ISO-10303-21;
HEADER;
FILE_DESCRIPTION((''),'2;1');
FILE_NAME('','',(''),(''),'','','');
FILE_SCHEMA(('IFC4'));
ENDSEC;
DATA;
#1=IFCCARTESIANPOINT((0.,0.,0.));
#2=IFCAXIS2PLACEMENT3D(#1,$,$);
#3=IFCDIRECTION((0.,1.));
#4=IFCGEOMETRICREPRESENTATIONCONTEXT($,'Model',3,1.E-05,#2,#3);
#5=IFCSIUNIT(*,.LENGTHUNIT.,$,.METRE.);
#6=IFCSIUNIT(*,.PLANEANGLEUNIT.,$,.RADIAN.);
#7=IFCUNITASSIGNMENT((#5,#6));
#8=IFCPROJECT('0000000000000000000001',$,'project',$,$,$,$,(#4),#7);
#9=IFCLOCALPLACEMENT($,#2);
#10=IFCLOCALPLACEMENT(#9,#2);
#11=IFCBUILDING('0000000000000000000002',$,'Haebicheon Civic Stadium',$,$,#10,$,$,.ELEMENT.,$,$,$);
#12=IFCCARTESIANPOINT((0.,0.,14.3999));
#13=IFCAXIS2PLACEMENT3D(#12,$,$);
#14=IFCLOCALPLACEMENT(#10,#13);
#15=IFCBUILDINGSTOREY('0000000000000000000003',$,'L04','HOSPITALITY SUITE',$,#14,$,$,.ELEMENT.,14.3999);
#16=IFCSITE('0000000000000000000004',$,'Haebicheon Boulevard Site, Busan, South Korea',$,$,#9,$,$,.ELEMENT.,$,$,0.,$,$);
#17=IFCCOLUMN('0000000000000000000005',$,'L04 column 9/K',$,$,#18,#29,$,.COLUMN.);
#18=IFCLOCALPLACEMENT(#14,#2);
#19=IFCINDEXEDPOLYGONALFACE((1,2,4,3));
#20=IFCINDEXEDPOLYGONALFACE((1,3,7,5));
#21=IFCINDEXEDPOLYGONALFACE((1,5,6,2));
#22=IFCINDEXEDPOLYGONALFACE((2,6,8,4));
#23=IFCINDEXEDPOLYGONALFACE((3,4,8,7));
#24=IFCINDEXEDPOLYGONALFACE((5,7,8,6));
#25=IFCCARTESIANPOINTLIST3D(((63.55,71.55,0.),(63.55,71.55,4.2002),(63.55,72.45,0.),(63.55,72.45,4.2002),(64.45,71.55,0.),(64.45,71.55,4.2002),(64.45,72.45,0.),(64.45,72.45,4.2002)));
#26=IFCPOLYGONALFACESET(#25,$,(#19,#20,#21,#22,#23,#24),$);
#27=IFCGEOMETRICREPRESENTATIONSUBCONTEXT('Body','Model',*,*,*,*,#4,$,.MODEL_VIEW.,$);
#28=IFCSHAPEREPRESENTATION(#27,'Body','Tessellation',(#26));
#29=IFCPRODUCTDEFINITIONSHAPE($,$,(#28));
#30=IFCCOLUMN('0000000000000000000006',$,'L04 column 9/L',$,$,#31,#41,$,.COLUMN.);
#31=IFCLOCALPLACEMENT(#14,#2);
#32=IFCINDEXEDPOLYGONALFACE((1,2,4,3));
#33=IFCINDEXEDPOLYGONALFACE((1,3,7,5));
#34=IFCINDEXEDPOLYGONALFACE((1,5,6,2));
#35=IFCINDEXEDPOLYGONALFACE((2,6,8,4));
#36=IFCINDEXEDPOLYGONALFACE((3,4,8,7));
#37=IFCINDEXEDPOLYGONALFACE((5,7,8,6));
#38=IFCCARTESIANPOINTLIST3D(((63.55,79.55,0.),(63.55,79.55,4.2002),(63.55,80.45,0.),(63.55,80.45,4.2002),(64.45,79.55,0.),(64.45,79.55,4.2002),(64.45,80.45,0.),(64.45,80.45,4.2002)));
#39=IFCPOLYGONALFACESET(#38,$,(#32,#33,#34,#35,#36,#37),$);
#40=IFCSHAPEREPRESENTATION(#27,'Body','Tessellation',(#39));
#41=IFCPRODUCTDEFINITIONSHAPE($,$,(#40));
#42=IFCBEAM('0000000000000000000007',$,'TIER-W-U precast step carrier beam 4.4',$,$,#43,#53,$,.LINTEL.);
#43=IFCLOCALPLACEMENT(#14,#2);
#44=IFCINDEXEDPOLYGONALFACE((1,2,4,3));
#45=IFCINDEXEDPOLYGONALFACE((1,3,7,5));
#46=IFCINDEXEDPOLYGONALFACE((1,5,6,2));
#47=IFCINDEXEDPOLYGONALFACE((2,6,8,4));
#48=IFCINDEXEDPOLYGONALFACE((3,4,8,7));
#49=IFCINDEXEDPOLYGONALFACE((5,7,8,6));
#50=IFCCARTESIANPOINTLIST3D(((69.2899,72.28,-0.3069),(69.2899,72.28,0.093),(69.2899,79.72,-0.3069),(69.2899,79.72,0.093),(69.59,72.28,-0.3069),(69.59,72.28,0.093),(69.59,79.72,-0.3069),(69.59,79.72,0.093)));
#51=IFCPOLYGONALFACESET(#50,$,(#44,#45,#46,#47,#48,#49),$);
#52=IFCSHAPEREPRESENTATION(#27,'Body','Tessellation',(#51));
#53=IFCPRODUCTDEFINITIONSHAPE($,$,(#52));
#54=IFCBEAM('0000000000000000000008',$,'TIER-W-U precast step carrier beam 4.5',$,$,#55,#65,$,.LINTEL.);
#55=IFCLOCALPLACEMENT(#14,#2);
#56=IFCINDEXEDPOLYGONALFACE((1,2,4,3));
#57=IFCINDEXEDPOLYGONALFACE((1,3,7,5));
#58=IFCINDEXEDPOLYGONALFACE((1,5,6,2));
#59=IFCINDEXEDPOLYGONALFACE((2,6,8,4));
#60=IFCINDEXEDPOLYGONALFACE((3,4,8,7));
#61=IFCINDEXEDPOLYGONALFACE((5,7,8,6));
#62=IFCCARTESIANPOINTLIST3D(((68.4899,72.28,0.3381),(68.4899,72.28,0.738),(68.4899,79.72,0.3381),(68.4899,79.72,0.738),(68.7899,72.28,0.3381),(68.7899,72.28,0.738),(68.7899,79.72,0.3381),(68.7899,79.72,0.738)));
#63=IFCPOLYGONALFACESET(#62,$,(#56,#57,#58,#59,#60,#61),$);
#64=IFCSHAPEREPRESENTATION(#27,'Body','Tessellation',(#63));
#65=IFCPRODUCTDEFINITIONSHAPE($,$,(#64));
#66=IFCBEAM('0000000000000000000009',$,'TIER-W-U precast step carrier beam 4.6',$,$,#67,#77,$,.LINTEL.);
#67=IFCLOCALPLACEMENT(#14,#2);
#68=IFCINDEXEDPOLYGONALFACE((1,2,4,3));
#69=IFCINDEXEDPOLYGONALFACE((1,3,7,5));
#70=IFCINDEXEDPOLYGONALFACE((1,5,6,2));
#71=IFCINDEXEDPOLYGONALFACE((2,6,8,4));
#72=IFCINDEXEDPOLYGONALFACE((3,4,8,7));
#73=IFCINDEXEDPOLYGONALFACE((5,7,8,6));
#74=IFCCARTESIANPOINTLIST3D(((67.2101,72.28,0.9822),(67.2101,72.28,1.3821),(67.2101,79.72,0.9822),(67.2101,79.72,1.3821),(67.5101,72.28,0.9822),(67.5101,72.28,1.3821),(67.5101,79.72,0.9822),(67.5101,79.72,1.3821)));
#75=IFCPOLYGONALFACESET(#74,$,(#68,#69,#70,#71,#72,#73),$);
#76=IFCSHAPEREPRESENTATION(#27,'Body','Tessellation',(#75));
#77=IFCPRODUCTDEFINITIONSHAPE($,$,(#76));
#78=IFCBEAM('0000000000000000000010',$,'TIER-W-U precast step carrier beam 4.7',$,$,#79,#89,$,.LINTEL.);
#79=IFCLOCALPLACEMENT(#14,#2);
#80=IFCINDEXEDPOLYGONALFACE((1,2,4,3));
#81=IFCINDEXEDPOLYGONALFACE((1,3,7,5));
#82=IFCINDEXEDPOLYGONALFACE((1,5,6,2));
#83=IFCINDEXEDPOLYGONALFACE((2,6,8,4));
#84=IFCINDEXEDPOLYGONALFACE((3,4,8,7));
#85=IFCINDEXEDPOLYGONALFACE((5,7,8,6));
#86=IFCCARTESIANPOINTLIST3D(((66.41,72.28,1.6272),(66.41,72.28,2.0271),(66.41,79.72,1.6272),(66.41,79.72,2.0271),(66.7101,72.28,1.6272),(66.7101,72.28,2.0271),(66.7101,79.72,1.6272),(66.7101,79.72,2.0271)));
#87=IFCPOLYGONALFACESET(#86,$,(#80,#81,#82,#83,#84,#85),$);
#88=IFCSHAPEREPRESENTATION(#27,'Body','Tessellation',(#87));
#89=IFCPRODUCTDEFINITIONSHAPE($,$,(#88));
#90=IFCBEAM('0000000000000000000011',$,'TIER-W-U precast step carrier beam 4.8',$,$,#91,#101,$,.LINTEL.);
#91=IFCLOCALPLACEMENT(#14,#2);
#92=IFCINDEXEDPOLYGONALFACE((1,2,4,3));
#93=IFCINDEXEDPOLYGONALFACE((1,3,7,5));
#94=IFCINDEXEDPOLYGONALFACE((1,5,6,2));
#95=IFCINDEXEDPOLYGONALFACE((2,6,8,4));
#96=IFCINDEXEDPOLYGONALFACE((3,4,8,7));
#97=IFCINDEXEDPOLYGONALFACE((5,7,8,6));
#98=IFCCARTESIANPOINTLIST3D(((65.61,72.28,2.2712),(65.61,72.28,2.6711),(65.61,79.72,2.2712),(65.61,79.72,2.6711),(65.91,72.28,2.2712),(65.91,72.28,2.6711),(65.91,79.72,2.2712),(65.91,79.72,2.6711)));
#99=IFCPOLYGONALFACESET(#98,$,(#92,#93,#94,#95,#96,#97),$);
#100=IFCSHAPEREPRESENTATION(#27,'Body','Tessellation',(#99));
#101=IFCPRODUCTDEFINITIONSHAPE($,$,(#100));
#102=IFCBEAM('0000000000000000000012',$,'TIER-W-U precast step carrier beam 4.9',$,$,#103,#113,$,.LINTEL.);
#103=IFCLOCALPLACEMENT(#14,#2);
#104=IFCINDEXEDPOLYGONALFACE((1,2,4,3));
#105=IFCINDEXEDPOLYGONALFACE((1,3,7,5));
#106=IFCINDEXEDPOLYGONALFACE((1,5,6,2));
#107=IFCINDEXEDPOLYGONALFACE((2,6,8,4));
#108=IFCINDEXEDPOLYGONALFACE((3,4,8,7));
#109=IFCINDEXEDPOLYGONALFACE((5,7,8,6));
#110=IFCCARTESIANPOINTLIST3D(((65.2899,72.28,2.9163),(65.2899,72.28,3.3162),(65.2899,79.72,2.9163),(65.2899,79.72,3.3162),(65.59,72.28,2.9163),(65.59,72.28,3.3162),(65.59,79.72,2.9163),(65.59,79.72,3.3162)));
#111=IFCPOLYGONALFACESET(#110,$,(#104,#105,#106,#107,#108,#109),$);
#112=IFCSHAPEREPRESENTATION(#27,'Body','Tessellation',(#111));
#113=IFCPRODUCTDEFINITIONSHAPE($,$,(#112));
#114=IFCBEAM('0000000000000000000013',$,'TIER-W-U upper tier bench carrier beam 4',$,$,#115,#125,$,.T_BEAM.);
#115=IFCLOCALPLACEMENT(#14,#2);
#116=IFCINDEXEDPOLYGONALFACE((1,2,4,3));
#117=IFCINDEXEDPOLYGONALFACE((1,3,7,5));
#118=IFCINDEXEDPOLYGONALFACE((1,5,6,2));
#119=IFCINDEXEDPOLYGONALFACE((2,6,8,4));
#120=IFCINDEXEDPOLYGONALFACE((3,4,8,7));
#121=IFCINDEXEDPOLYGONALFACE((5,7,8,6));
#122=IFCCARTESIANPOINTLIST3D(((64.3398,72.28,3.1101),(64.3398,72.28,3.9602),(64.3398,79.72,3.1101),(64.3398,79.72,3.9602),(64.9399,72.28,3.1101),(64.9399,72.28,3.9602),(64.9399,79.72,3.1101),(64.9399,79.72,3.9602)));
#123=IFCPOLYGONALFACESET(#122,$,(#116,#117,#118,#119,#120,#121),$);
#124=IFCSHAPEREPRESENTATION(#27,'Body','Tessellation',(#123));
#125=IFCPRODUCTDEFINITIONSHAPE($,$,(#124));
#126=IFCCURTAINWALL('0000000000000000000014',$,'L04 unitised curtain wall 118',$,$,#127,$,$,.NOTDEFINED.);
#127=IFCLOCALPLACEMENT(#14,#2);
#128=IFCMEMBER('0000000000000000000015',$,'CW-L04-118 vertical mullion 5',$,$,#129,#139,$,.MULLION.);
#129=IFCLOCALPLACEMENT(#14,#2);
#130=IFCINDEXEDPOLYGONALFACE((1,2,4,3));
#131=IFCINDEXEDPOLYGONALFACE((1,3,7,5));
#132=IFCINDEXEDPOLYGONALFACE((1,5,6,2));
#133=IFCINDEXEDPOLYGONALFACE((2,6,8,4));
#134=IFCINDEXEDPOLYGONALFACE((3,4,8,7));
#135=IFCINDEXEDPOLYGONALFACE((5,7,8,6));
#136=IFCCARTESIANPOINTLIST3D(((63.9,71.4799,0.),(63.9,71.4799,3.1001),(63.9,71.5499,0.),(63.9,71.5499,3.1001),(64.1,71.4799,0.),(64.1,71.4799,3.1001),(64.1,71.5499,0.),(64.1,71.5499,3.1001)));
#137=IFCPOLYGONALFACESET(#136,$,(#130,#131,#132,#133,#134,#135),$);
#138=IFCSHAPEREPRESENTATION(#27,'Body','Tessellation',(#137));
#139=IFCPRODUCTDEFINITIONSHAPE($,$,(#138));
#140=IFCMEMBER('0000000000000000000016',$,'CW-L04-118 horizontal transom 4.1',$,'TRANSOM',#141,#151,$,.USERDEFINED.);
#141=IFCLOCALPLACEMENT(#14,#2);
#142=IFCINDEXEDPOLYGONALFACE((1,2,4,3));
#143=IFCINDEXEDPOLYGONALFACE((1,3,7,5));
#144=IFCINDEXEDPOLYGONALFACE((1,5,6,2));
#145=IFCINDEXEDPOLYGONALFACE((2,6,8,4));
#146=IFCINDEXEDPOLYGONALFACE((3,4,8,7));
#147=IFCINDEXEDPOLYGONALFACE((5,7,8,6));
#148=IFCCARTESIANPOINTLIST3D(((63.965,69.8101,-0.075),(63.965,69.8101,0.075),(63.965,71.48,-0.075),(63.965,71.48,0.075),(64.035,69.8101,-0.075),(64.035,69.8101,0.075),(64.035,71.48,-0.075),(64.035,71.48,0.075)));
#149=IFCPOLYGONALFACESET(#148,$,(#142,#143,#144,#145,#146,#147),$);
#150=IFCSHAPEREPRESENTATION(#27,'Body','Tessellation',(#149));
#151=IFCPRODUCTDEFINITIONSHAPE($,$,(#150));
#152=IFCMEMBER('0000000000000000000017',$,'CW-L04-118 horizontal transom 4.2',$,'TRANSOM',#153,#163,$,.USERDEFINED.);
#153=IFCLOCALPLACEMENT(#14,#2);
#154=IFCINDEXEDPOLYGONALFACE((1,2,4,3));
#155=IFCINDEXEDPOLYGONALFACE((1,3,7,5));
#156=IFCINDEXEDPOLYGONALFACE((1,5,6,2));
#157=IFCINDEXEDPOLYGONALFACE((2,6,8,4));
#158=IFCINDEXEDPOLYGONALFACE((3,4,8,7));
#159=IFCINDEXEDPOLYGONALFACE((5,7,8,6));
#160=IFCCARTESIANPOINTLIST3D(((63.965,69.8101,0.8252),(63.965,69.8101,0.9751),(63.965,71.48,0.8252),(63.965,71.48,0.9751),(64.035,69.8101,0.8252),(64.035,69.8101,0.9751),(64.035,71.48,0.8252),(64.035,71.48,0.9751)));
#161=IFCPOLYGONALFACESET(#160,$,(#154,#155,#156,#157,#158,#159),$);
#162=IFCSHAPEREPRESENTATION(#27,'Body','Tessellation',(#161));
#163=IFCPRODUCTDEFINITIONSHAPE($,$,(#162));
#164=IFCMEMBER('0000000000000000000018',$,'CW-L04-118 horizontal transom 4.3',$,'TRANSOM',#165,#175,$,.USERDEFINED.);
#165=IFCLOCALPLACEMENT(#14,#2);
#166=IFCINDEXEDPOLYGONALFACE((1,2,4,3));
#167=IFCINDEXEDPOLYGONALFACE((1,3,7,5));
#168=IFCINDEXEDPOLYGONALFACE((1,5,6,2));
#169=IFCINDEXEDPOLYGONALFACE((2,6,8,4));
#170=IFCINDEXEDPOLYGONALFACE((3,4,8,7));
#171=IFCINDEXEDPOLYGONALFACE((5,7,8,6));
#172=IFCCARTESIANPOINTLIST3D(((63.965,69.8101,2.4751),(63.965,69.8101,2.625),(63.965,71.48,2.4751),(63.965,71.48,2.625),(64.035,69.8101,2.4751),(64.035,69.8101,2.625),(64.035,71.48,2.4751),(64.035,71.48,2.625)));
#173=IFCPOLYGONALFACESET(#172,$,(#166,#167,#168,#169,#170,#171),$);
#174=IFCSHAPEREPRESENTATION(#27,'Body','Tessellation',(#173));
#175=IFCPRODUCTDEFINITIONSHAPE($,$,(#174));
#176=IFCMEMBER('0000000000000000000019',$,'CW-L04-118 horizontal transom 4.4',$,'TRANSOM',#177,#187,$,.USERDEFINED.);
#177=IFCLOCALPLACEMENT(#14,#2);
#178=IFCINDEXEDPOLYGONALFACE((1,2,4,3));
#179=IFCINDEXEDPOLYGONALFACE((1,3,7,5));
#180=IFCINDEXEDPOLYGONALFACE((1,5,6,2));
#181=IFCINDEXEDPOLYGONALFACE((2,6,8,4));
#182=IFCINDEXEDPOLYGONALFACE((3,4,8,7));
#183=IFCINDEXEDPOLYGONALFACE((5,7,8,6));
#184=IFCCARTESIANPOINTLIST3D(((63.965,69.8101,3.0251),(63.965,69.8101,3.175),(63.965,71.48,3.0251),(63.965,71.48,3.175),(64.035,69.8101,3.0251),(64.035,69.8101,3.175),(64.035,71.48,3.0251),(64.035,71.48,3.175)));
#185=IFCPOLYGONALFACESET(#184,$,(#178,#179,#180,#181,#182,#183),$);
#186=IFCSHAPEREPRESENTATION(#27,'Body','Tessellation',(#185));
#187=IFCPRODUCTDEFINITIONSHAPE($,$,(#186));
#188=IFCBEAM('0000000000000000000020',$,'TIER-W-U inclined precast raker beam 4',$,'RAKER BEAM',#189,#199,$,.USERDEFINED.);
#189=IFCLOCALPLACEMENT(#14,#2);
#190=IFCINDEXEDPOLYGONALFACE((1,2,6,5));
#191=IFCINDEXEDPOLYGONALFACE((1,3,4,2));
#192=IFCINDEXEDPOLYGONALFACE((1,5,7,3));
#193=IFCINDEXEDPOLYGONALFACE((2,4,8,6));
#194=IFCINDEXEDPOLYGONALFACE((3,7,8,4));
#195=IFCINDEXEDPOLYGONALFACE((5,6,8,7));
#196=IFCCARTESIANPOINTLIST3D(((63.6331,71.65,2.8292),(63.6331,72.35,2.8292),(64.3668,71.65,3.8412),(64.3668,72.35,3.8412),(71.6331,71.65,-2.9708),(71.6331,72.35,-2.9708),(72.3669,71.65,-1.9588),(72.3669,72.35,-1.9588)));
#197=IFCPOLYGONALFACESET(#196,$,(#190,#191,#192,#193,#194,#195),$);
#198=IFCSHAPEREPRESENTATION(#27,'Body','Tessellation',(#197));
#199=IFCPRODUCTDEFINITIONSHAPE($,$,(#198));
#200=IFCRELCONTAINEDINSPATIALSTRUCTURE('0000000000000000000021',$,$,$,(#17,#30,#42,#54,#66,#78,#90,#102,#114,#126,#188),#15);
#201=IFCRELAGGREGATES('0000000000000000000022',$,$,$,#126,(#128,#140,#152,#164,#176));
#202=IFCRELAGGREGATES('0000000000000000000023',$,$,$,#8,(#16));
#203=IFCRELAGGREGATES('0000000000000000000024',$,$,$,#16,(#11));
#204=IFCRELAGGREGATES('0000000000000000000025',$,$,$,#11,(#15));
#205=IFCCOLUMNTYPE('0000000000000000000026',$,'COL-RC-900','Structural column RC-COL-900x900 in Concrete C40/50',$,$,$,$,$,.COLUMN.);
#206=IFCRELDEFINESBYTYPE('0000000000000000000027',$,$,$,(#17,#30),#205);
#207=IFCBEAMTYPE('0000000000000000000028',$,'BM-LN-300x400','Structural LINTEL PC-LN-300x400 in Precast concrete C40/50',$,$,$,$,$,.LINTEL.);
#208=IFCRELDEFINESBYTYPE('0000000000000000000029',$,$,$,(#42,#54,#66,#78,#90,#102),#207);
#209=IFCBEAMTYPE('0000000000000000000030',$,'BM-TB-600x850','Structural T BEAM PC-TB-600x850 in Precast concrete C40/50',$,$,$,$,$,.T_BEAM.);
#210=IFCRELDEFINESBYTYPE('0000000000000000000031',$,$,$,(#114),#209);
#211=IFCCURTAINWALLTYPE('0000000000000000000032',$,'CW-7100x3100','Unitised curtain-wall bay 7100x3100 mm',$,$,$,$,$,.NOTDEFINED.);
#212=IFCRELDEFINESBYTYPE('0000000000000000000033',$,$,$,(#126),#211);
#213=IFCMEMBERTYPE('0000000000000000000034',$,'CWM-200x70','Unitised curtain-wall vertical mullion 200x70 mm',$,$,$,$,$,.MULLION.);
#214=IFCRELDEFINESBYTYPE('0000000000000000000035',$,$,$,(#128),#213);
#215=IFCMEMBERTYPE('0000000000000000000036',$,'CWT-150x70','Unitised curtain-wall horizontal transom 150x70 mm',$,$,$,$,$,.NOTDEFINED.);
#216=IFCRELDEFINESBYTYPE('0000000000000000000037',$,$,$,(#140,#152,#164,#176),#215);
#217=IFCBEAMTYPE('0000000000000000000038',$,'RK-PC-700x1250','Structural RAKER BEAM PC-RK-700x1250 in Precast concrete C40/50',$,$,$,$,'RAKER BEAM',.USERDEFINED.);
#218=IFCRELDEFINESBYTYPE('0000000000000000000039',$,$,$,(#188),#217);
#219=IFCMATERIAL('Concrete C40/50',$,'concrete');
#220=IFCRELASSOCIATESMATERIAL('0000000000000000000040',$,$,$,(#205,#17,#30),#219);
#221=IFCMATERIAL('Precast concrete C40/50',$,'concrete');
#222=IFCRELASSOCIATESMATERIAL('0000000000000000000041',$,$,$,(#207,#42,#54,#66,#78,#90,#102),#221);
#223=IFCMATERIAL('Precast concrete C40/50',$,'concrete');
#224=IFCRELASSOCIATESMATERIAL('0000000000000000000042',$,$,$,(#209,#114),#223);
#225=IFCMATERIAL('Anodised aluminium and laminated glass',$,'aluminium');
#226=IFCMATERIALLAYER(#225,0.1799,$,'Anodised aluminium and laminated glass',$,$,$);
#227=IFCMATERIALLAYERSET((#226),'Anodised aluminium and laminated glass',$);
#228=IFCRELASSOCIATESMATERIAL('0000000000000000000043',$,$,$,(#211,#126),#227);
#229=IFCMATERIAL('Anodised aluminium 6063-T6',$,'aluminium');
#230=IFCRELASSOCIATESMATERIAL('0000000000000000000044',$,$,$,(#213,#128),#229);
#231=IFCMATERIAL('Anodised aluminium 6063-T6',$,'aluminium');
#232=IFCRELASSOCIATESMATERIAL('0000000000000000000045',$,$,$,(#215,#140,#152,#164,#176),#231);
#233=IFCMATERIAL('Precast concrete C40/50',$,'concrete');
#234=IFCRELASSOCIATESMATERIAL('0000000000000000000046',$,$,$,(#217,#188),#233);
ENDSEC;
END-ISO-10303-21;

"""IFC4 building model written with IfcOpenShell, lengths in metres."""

from ifc_helpers import new_model, si_unit, direction, frame, origin, origin_2d, place, context, subcontext, project, spatial, rectangle, extrude, material, layer, layer_set, material_profile, profile_set, type_object, element, aggregate, save


model = new_model("IFC4")

# Units and contexts
model_context = context("Model", 3, precision=1e-05, world=origin(), true_north=direction((0.0, 1.0)))
body_context = subcontext(model_context, "Body", "Model", "MODEL_VIEW")
ifc_project = project(units=[si_unit("LENGTHUNIT", "METRE"), si_unit("PLANEANGLEUNIT", "RADIAN")], contexts=[model_context])

# Site, building, storey
site_placement = place(None, origin())
site = spatial("IfcSite", under=ifc_project, at=site_placement, Name="Haebicheon Boulevard Site, Busan, South Korea", CompositionType="ELEMENT", RefElevation=0.0)
building_placement = place(site_placement, origin())
building = spatial("IfcBuilding", under=site, at=building_placement, Name="Haebicheon Civic Stadium", CompositionType="ELEMENT")
storey_placement = place(building_placement, frame((0.0, 0.0, 14.3999)))
storey = spatial("IfcBuildingStorey", under=building, at=storey_placement, Name="L04", Description="HOSPITALITY SUITE", CompositionType="ELEMENT", Elevation=14.3999)

# Columns
ifc_material_1 = material(Name="Concrete C40/50", Category="concrete")
ifc_material_profile_1 = material_profile(ifc_material_1, rectangle(XDim=0.8999, YDim=0.8999, at=origin_2d()), Name="RC-COL-900x900")
ifc_profile_set_1 = profile_set([ifc_material_profile_1], Name="Concrete C40/50")
column_type = type_object("IfcColumnType", Name="COL-RC-900", Description="Structural column RC-COL-900x900 in Concrete C40/50", PredefinedType="COLUMN", material=ifc_profile_set_1)
for number, where, z_axis, x_axis, name in (
    (1, (64.0, 72.0, 0.0), (0.0, 0.0, 1.0), (1.0, 0.0, 0.0), "L04 column 9/K"),
    (2, (64.0, 80.0, 0.0), (0.0, 0.0, 1.0), (1.0, 0.0, 0.0), "L04 column 9/L"),
):
    element("IfcColumn", number, at=place(storey_placement, frame(where, z_axis=z_axis, x_axis=x_axis)), inside=storey, type_object=column_type, material=ifc_profile_set_1, Name=name, PredefinedType="COLUMN", context=body_context, shape_type="SweptSolid", body=[
        extrude(rectangle(XDim=0.8999, YDim=0.8999, at=origin_2d()), origin(), (0.0, 0.0, 1.0), 4.2002),
    ])

# Beams
ifc_material_2 = material(Name="Precast concrete C40/50", Category="concrete")
ifc_material_profile_2 = material_profile(ifc_material_2, rectangle(XDim=0.3, YDim=0.3999, at=origin_2d()), Name="PC-LN-300x400")
ifc_profile_set_2 = profile_set([ifc_material_profile_2], Name="Precast concrete C40/50")
beam_type_1 = type_object("IfcBeamType", Name="BM-LN-300x400", Description="Structural LINTEL PC-LN-300x400 in Precast concrete C40/50", PredefinedType="LINTEL", material=ifc_profile_set_2)
for number, where, z_axis, x_axis, name in (
    (3, (69.4399, 72.28, -0.1069), (0.0, 1.0, 0.0), (-1.0, 0.0, 0.0), "TIER-W-U precast step carrier beam 4.4"),
    (4, (68.6399, 72.28, 0.5381), (0.0, 1.0, 0.0), (-1.0, 0.0, 0.0), "TIER-W-U precast step carrier beam 4.5"),
    (5, (67.3601, 72.28, 1.1821), (0.0, 1.0, 0.0), (-1.0, 0.0, 0.0), "TIER-W-U precast step carrier beam 4.6"),
    (6, (66.5601, 72.28, 1.8271), (0.0, 1.0, 0.0), (-1.0, 0.0, 0.0), "TIER-W-U precast step carrier beam 4.7"),
    (7, (65.76, 72.28, 2.4712), (0.0, 1.0, 0.0), (-1.0, 0.0, 0.0), "TIER-W-U precast step carrier beam 4.8"),
    (8, (65.4399, 72.28, 3.1162), (0.0, 1.0, 0.0), (-1.0, 0.0, 0.0), "TIER-W-U precast step carrier beam 4.9"),
):
    element("IfcBeam", number, at=place(storey_placement, frame(where, z_axis=z_axis, x_axis=x_axis)), inside=storey, type_object=beam_type_1, material=ifc_profile_set_2, Name=name, PredefinedType="LINTEL", context=body_context, shape_type="SweptSolid", body=[
        extrude(rectangle(XDim=0.3, YDim=0.3999, at=origin_2d()), origin(), (0.0, 0.0, 1.0), 7.4399),
    ])
ifc_material_3 = material(Name="Precast concrete C40/50", Category="concrete")
ifc_material_profile_3 = material_profile(ifc_material_3, rectangle(XDim=0.6001, YDim=0.8501, at=origin_2d()), Name="PC-TB-600x850")
ifc_profile_set_3 = profile_set([ifc_material_profile_3], Name="Precast concrete C40/50")
beam_type_2 = type_object("IfcBeamType", Name="BM-TB-600x850", Description="Structural T BEAM PC-TB-600x850 in Precast concrete C40/50", PredefinedType="T_BEAM", material=ifc_profile_set_3)
beam_1_placement = place(storey_placement, frame((64.6399, 72.28, 3.5352), z_axis=(0.0, 1.0, 0.0), x_axis=(-1.0, 0.0, 0.0)))
element("IfcBeam", 9, at=beam_1_placement, inside=storey, type_object=beam_type_2, material=ifc_profile_set_3, Name="TIER-W-U upper tier bench carrier beam 4", PredefinedType="T_BEAM", context=body_context, shape_type="SweptSolid", body=[
    extrude(rectangle(XDim=0.6001, YDim=0.8501, at=origin_2d()), origin(), (0.0, 0.0, 1.0), 7.4399),
])

# Curtain wall, members
ifc_material_4 = material(Name="Anodised aluminium and laminated glass", Category="aluminium")
ifc_layer_1 = layer(ifc_material_4, 0.1799, Name="Anodised aluminium and laminated glass")
ifc_layer_set_1 = layer_set([ifc_layer_1], Name="Anodised aluminium and laminated glass")
curtain_wall_type = type_object("IfcCurtainWallType", Name="CW-7100x3100", Description="Unitised curtain-wall bay 7100x3100 mm", PredefinedType="NOTDEFINED", material=ifc_layer_set_1)
curtain_wall_placement = place(storey_placement, origin())
curtain_wall = element("IfcCurtainWall", 10, at=curtain_wall_placement, inside=storey, type_object=curtain_wall_type, material=ifc_layer_set_1, Name="L04 unitised curtain wall 118", PredefinedType="NOTDEFINED")
ifc_material_5 = material(Name="Anodised aluminium 6063-T6", Category="aluminium")
ifc_material_profile_4 = material_profile(ifc_material_5, rectangle(XDim=0.0701, YDim=0.2, at=origin_2d()), Name="ALU-MULL-70x200")
ifc_profile_set_4 = profile_set([ifc_material_profile_4], Name="Anodised aluminium 6063-T6")
member_type_1 = type_object("IfcMemberType", Name="CWM-200x70", Description="Unitised curtain-wall vertical mullion 200x70 mm", PredefinedType="MULLION", material=ifc_profile_set_4)
member_1_placement = place(storey_placement, frame((64.0, 71.5149, 0.0), z_axis=(0.0, 0.0, 1.0), x_axis=(0.0, 1.0, 0.0)))
member_1 = element("IfcMember", 11, at=member_1_placement, type_object=member_type_1, material=ifc_profile_set_4, Name="CW-L04-118 vertical mullion 5", PredefinedType="MULLION", context=body_context, shape_type="SweptSolid", body=[
    extrude(rectangle(XDim=0.0701, YDim=0.2, at=origin_2d()), origin(), (0.0, 0.0, 1.0), 3.1001),
])
ifc_material_6 = material(Name="Anodised aluminium 6063-T6", Category="aluminium")
ifc_material_profile_5 = material_profile(ifc_material_6, rectangle(XDim=0.0701, YDim=0.1499, at=origin_2d()), Name="ALU-TRAN-70x150")
ifc_profile_set_5 = profile_set([ifc_material_profile_5], Name="Anodised aluminium 6063-T6")
member_type_2 = type_object("IfcMemberType", Name="CWT-150x70", Description="Unitised curtain-wall horizontal transom 150x70 mm", PredefinedType="NOTDEFINED", material=ifc_profile_set_5)
member_2_placement = place(storey_placement, frame((64.0, 69.8101, 0.0), z_axis=(0.0, 1.0, 0.0), x_axis=(-1.0, 0.0, 0.0)))
member_2 = element("IfcMember", 12, at=member_2_placement, type_object=member_type_2, material=ifc_profile_set_5, Name="CW-L04-118 horizontal transom 4.1", ObjectType="TRANSOM", PredefinedType="USERDEFINED", context=body_context, shape_type="SweptSolid", body=[
    extrude(rectangle(XDim=0.0701, YDim=0.1499, at=origin_2d()), origin(), (0.0, 0.0, 1.0), 1.6699),
])
member_3_placement = place(storey_placement, frame((64.0, 69.8101, 0.9001), z_axis=(0.0, 1.0, 0.0), x_axis=(-1.0, 0.0, 0.0)))
member_3 = element("IfcMember", 13, at=member_3_placement, type_object=member_type_2, material=ifc_profile_set_5, Name="CW-L04-118 horizontal transom 4.2", ObjectType="TRANSOM", PredefinedType="USERDEFINED", context=body_context, shape_type="SweptSolid", body=[
    extrude(rectangle(XDim=0.0701, YDim=0.1499, at=origin_2d()), origin(), (0.0, 0.0, 1.0), 1.6699),
])
member_4_placement = place(storey_placement, frame((64.0, 69.8101, 2.55), z_axis=(0.0, 1.0, 0.0), x_axis=(-1.0, 0.0, 0.0)))
member_4 = element("IfcMember", 14, at=member_4_placement, type_object=member_type_2, material=ifc_profile_set_5, Name="CW-L04-118 horizontal transom 4.3", ObjectType="TRANSOM", PredefinedType="USERDEFINED", context=body_context, shape_type="SweptSolid", body=[
    extrude(rectangle(XDim=0.0701, YDim=0.1499, at=origin_2d()), origin(), (0.0, 0.0, 1.0), 1.6699),
])
member_5_placement = place(storey_placement, frame((64.0, 69.8101, 3.1001), z_axis=(0.0, 1.0, 0.0), x_axis=(-1.0, 0.0, 0.0)))
member_5 = element("IfcMember", 15, at=member_5_placement, type_object=member_type_2, material=ifc_profile_set_5, Name="CW-L04-118 horizontal transom 4.4", ObjectType="TRANSOM", PredefinedType="USERDEFINED", context=body_context, shape_type="SweptSolid", body=[
    extrude(rectangle(XDim=0.0701, YDim=0.1499, at=origin_2d()), origin(), (0.0, 0.0, 1.0), 1.6699),
])

# Beam
ifc_material_7 = material(Name="Precast concrete C40/50", Category="concrete")
ifc_material_profile_6 = material_profile(ifc_material_7, rectangle(XDim=0.7, YDim=1.25, at=origin_2d()), Name="PC-RK-700x1250")
ifc_profile_set_6 = profile_set([ifc_material_profile_6], Name="Precast concrete C40/50")
beam_type_3 = type_object("IfcBeamType", Name="RK-PC-700x1250", Description="Structural RAKER BEAM PC-RK-700x1250 in Precast concrete C40/50", ElementType="RAKER BEAM", PredefinedType="USERDEFINED", material=ifc_profile_set_6)
beam_2_placement = place(storey_placement, frame((72.0, 72.0, -2.4648), z_axis=(-0.809608, 0.0, 0.586971), x_axis=(0.0, -1.0, 0.0)))
element("IfcBeam", 16, at=beam_2_placement, inside=storey, type_object=beam_type_3, material=ifc_profile_set_6, Name="TIER-W-U inclined precast raker beam 4", ObjectType="RAKER BEAM", PredefinedType="USERDEFINED", context=body_context, shape_type="SweptSolid", body=[
    extrude(rectangle(XDim=0.7, YDim=1.25, at=origin_2d()), origin(), (0.0, 0.0, 1.0), 9.8813),
])

aggregate(curtain_wall, [member_1, member_2, member_3, member_4, member_5])

save(model, "model.ifc")
